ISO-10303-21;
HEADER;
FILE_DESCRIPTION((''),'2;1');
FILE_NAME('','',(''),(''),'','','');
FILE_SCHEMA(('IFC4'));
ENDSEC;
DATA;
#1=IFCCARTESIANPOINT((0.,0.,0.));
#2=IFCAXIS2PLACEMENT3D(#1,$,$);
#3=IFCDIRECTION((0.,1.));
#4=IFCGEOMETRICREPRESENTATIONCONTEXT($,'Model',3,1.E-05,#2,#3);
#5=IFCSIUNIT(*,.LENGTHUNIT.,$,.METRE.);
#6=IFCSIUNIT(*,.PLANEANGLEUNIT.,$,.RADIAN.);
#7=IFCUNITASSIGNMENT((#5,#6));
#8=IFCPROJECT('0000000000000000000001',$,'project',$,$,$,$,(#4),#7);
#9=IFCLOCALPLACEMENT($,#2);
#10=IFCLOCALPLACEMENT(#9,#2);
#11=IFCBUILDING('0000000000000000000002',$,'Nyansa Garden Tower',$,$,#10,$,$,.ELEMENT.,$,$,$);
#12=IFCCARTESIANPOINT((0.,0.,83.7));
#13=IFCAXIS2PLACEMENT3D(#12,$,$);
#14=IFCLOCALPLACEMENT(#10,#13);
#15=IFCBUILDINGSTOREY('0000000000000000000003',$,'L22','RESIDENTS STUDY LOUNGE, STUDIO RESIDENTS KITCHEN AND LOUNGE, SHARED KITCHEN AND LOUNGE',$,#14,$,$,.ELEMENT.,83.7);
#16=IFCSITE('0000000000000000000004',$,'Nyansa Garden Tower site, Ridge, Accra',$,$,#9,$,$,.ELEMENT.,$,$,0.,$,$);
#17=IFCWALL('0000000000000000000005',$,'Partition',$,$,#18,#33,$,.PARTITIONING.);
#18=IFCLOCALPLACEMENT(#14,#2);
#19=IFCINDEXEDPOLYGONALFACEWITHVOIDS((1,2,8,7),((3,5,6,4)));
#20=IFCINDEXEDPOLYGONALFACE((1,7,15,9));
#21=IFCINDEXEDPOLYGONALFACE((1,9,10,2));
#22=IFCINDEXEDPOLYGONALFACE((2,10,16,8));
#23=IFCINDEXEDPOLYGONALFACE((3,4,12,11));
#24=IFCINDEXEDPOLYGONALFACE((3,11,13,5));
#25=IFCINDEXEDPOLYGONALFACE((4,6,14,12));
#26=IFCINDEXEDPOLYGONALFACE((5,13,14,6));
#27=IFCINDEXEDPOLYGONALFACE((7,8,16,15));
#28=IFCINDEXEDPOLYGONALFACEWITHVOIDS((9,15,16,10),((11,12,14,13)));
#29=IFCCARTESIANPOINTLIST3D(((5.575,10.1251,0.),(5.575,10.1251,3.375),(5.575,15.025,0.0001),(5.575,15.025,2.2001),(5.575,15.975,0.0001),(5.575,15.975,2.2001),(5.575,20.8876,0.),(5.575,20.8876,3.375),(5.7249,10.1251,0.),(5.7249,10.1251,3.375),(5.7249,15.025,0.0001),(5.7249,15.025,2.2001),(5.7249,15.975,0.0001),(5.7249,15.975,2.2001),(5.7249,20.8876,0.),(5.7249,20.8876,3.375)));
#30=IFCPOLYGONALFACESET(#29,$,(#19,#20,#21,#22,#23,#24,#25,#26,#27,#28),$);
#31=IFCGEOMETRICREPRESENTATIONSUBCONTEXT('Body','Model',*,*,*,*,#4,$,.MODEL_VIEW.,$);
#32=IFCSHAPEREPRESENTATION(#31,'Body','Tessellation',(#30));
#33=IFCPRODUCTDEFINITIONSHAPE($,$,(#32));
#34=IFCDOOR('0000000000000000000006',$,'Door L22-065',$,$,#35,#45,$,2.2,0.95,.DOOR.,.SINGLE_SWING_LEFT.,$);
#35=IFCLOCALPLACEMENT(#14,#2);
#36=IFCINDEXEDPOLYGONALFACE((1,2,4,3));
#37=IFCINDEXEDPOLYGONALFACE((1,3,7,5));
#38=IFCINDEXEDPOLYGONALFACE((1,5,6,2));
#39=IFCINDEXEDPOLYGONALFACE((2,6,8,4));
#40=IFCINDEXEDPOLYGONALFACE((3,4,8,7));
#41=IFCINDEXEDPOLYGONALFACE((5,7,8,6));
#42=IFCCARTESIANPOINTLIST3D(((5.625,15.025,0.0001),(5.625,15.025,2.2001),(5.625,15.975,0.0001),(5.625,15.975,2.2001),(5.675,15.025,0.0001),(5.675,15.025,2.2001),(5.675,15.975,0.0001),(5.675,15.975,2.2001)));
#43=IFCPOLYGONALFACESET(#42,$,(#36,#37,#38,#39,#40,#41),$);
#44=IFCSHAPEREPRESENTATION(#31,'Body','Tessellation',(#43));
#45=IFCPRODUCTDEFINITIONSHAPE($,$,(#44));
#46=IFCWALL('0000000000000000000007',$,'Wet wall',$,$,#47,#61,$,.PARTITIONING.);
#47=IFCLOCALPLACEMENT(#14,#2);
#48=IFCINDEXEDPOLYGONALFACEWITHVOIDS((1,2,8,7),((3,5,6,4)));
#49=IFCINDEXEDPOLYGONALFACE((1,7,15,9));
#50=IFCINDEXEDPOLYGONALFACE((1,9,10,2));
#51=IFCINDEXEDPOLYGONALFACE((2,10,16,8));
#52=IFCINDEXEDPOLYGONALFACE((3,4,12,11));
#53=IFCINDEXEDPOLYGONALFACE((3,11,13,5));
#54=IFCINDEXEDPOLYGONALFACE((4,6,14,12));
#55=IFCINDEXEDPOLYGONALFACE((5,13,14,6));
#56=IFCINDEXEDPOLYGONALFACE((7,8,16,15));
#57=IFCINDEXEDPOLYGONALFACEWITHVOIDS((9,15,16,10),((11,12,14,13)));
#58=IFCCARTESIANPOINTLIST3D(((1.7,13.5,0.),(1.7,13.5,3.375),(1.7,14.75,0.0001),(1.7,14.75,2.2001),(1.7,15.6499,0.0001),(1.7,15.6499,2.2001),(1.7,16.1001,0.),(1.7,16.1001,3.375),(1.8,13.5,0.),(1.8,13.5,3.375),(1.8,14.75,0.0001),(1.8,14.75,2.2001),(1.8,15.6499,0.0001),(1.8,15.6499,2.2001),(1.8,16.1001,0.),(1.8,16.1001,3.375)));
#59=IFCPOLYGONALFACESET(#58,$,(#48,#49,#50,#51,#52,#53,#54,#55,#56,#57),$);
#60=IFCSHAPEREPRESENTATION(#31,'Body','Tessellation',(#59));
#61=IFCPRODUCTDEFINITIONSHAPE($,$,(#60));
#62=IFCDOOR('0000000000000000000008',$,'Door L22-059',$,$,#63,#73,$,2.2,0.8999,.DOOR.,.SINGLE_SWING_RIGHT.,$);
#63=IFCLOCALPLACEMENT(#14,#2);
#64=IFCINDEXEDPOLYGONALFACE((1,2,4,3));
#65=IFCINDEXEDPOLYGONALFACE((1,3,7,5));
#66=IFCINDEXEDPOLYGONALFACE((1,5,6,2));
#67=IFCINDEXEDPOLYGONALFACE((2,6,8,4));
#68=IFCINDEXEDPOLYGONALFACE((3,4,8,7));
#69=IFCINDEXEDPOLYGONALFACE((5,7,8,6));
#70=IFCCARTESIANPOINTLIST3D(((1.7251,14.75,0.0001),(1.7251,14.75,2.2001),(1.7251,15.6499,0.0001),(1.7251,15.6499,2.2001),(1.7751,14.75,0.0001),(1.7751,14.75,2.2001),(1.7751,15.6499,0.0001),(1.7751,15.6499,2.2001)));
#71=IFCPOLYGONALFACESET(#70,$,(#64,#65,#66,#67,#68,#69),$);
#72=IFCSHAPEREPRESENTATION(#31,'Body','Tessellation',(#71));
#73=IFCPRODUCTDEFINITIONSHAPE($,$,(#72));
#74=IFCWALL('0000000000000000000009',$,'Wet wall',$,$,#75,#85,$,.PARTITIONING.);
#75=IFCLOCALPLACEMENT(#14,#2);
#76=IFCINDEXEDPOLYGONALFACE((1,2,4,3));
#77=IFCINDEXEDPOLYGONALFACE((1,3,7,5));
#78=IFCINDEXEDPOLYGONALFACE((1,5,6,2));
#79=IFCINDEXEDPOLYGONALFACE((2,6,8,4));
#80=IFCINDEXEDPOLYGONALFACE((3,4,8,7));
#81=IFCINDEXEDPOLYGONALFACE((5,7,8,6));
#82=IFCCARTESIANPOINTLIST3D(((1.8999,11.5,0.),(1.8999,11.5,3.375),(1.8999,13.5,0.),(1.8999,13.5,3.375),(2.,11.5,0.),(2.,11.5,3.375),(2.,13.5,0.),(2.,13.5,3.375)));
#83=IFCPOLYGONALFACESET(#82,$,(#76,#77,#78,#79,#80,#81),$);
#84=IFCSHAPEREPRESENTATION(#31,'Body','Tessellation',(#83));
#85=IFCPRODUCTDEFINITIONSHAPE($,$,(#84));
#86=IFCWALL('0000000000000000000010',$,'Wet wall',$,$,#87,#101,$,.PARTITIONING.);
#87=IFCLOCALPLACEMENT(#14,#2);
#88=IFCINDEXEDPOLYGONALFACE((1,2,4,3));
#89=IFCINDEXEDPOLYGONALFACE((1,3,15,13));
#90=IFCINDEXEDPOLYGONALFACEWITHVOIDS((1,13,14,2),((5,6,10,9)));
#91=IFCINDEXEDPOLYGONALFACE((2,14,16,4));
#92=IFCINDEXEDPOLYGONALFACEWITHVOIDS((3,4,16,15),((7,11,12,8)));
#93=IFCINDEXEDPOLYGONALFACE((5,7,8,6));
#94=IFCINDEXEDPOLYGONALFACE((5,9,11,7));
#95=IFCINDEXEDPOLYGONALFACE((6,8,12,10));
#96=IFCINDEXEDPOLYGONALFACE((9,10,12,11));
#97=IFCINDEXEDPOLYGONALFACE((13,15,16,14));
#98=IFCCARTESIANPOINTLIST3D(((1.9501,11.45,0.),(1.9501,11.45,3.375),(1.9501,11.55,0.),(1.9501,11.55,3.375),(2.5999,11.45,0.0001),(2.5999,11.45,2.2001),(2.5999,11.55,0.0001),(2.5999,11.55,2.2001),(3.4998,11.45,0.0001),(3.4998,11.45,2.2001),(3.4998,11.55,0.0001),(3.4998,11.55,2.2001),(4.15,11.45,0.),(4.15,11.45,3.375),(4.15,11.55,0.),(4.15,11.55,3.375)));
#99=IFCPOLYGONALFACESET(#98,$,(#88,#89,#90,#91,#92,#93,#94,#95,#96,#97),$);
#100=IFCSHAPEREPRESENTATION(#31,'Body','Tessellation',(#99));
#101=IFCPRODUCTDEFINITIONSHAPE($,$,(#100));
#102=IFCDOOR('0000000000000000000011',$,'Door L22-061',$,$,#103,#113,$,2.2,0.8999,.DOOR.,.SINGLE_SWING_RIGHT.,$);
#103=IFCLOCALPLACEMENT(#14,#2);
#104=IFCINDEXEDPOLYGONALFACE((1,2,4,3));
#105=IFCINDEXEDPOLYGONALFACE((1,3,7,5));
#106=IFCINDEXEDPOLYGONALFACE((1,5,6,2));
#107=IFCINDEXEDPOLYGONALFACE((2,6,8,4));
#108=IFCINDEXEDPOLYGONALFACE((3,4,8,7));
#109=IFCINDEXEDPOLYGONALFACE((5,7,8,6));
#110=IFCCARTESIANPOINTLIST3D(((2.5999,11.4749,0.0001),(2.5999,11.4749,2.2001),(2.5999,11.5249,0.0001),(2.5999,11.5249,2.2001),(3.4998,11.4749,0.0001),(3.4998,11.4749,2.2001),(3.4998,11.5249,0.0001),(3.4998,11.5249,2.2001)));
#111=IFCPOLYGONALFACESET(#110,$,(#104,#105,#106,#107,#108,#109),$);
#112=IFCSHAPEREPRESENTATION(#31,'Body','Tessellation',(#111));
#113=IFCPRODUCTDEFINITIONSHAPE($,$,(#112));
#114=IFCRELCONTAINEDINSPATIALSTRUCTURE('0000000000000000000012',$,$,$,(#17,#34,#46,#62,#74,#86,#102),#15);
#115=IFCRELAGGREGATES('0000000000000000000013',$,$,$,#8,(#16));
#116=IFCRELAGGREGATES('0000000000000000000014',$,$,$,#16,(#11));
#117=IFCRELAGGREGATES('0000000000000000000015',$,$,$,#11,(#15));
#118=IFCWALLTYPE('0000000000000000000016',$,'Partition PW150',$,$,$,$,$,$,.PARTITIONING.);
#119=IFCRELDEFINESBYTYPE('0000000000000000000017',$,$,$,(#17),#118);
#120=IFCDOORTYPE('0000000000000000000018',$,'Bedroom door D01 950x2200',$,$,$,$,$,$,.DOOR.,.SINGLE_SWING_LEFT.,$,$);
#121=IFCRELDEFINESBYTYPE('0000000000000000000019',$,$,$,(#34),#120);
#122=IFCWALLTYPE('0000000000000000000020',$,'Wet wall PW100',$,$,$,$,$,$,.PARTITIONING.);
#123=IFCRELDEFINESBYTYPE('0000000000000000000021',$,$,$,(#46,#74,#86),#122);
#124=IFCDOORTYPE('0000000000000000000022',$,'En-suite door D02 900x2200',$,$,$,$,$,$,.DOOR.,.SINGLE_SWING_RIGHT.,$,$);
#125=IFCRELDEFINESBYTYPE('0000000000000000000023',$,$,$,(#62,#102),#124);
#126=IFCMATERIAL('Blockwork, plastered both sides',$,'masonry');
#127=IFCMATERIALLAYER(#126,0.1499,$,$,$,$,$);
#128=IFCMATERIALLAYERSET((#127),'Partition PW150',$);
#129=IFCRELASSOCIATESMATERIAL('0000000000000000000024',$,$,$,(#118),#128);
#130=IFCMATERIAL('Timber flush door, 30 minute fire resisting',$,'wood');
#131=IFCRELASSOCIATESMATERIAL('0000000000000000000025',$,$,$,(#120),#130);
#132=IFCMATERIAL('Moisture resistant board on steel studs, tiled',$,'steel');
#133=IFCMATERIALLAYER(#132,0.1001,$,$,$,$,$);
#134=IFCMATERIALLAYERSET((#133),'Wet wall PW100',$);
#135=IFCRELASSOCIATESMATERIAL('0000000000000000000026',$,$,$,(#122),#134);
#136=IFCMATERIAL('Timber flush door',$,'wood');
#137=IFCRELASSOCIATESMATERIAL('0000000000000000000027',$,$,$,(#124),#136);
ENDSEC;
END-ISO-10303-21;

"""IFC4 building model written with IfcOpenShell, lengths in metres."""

from ifc_helpers import new_model, si_unit, direction, frame, frame_2d, origin, place, context, subcontext, project, spatial, rectangle, extrude, material, layer, layer_set, type_object, element, fill, save


model = new_model("IFC4")

# Units and contexts
model_context = context("Model", 3, precision=1e-05, world=origin(), true_north=direction((0.0, 1.0)))
body_context = subcontext(model_context, "Body", "Model", "MODEL_VIEW")
ifc_project = project(units=[si_unit("LENGTHUNIT", "METRE"), si_unit("PLANEANGLEUNIT", "RADIAN")], contexts=[model_context])

# Site, building, storey
site_placement = place(None, origin())
site = spatial("IfcSite", under=ifc_project, at=site_placement, Name="Nyansa Garden Tower site, Ridge, Accra", CompositionType="ELEMENT", RefElevation=0.0)
building_placement = place(site_placement, origin())
building = spatial("IfcBuilding", under=site, at=building_placement, Name="Nyansa Garden Tower", CompositionType="ELEMENT")
storey_placement = place(building_placement, frame((0.0, 0.0, 83.7)))
storey = spatial("IfcBuildingStorey", under=building, at=storey_placement, Name="L22", Description="RESIDENTS STUDY LOUNGE, STUDIO RESIDENTS KITCHEN AND LOUNGE, SHARED KITCHEN AND LOUNGE", CompositionType="ELEMENT", Elevation=83.7)

# Shared definitions
ifc_material_1 = material(Name="Blockwork, plastered both sides", Category="masonry")
ifc_layer_1 = layer(ifc_material_1, 0.1499)
ifc_layer_set_1 = layer_set([ifc_layer_1], Name="Partition PW150")
wall_type_1 = type_object("IfcWallType", Name="Partition PW150", PredefinedType="PARTITIONING", material=ifc_layer_set_1)

# Shared definitions
ifc_material_2 = material(Name="Timber flush door, 30 minute fire resisting", Category="wood")
door_type_1 = type_object("IfcDoorType", Name="Bedroom door D01 950x2200", OperationType="SINGLE_SWING_LEFT", PredefinedType="DOOR", material=ifc_material_2)

# Walls, openings, doors
wall_1_placement = place(storey_placement, frame((5.6499, 10.125, 0.0), z_axis=(0.0, 0.0, 1.0), x_axis=(0.0, 1.0, 0.0)))
wall_1 = element("IfcWall", 1, at=wall_1_placement, inside=storey, type_object=wall_type_1, Name="Partition", PredefinedType="PARTITIONING", context=body_context, shape_type="SweptSolid", body=[
    extrude(rectangle(XDim=10.7625, YDim=0.1499, at=frame_2d((5.3813, 0.0))), origin(), (0.0, 0.0, 1.0), 3.375),
])
opening_1_placement = place(wall_1_placement, frame((4.8999, 0.0, 0.0)))
opening_1 = element("IfcOpeningElement", 2, at=opening_1_placement, cuts=wall_1, PredefinedType="OPENING", context=body_context, shape_type="SweptSolid", body=[
    extrude(rectangle(XDim=0.95, YDim=2.2, at=frame_2d((0.4751, 1.1001))), frame((0.0, 0.085, 0.0), z_axis=(0.0, -1.0, 0.0), x_axis=(1.0, 0.0, 0.0)), (0.0, 0.0, 1.0), 0.1699),
])
door_1_placement = place(opening_1_placement, origin())
door_1 = element("IfcDoor", 3, at=door_1_placement, inside=storey, type_object=door_type_1, Name="Door L22-065", OperationType="SINGLE_SWING_LEFT", OverallHeight=2.2, OverallWidth=0.95, PredefinedType="DOOR", context=body_context, shape_type="SweptSolid", body=[
    extrude(rectangle(XDim=0.95, YDim=2.2, at=frame_2d((0.4751, 1.1001))), frame((0.0, 0.0249, 0.0), z_axis=(0.0, -1.0, 0.0), x_axis=(1.0, 0.0, 0.0)), (0.0, 0.0, 1.0), 0.05),
])
fill(opening_1, door_1)
ifc_material_3 = material(Name="Moisture resistant board on steel studs, tiled", Category="steel")
ifc_layer_2 = layer(ifc_material_3, 0.1001)
ifc_layer_set_2 = layer_set([ifc_layer_2], Name="Wet wall PW100")
wall_type_2 = type_object("IfcWallType", Name="Wet wall PW100", PredefinedType="PARTITIONING", material=ifc_layer_set_2)
wall_2_placement = place(storey_placement, frame((1.75, 13.5, 0.0), z_axis=(0.0, 0.0, 1.0), x_axis=(0.0, 1.0, 0.0)))
wall_2 = element("IfcWall", 4, at=wall_2_placement, inside=storey, type_object=wall_type_2, Name="Wet wall", PredefinedType="PARTITIONING", context=body_context, shape_type="SweptSolid", body=[
    extrude(rectangle(XDim=2.6001, YDim=0.1001, at=frame_2d((1.3, 0.0))), origin(), (0.0, 0.0, 1.0), 3.375),
])
opening_2_placement = place(wall_2_placement, frame((1.25, 0.0, 0.0)))
opening_2 = element("IfcOpeningElement", 5, at=opening_2_placement, cuts=wall_2, PredefinedType="OPENING", context=body_context, shape_type="SweptSolid", body=[
    extrude(rectangle(XDim=0.8999, YDim=2.2, at=frame_2d((0.45, 1.1001))), frame((0.0, 0.0601, 0.0), z_axis=(0.0, -1.0, 0.0), x_axis=(1.0, 0.0, 0.0)), (0.0, 0.0, 1.0), 0.1201),
])
ifc_material_4 = material(Name="Timber flush door", Category="wood")
door_type_2 = type_object("IfcDoorType", Name="En-suite door D02 900x2200", OperationType="SINGLE_SWING_RIGHT", PredefinedType="DOOR", material=ifc_material_4)
door_2_placement = place(opening_2_placement, origin())
door_2 = element("IfcDoor", 6, at=door_2_placement, inside=storey, type_object=door_type_2, Name="Door L22-059", OperationType="SINGLE_SWING_RIGHT", OverallHeight=2.2, OverallWidth=0.8999, PredefinedType="DOOR", context=body_context, shape_type="SweptSolid", body=[
    extrude(rectangle(XDim=0.8999, YDim=2.2, at=frame_2d((0.45, 1.1001))), frame((0.0, 0.0249, 0.0), z_axis=(0.0, -1.0, 0.0), x_axis=(1.0, 0.0, 0.0)), (0.0, 0.0, 1.0), 0.05),
])
fill(opening_2, door_2)

# Wall
wall_3_placement = place(storey_placement, frame((1.95, 11.5, 0.0), z_axis=(0.0, 0.0, 1.0), x_axis=(0.0, 1.0, 0.0)))
element("IfcWall", 7, at=wall_3_placement, inside=storey, type_object=wall_type_2, Name="Wet wall", PredefinedType="PARTITIONING", context=body_context, shape_type="SweptSolid", body=[
    extrude(rectangle(XDim=2.0, YDim=0.1001, at=frame_2d((1.0, 0.0))), origin(), (0.0, 0.0, 1.0), 3.375),
])

# Wall, opening, door
wall_4_placement = place(storey_placement, frame((1.95, 11.5, 0.0), z_axis=(0.0, 0.0, 1.0), x_axis=(1.0, 0.0, 0.0)))
wall_4 = element("IfcWall", 8, at=wall_4_placement, inside=storey, type_object=wall_type_2, Name="Wet wall", PredefinedType="PARTITIONING", context=body_context, shape_type="SweptSolid", body=[
    extrude(rectangle(XDim=2.2, YDim=0.1001, at=frame_2d((1.1001, 0.0))), origin(), (0.0, 0.0, 1.0), 3.375),
])
opening_3_placement = place(wall_4_placement, frame((0.6499, 0.0, 0.0)))
opening_3 = element("IfcOpeningElement", 9, at=opening_3_placement, cuts=wall_4, PredefinedType="OPENING", context=body_context, shape_type="SweptSolid", body=[
    extrude(rectangle(XDim=0.8999, YDim=2.2, at=frame_2d((0.45, 1.1001))), frame((0.0, 0.0601, 0.0), z_axis=(0.0, -1.0, 0.0), x_axis=(1.0, 0.0, 0.0)), (0.0, 0.0, 1.0), 0.1201),
])
door_3_placement = place(opening_3_placement, origin())
door_3 = element("IfcDoor", 10, at=door_3_placement, inside=storey, type_object=door_type_2, Name="Door L22-061", OperationType="SINGLE_SWING_RIGHT", OverallHeight=2.2, OverallWidth=0.8999, PredefinedType="DOOR", context=body_context, shape_type="SweptSolid", body=[
    extrude(rectangle(XDim=0.8999, YDim=2.2, at=frame_2d((0.45, 1.1001))), frame((0.0, 0.0249, 0.0), z_axis=(0.0, -1.0, 0.0), x_axis=(1.0, 0.0, 0.0)), (0.0, 0.0, 1.0), 0.05),
])
fill(opening_3, door_3)

save(model, "model.ifc")
